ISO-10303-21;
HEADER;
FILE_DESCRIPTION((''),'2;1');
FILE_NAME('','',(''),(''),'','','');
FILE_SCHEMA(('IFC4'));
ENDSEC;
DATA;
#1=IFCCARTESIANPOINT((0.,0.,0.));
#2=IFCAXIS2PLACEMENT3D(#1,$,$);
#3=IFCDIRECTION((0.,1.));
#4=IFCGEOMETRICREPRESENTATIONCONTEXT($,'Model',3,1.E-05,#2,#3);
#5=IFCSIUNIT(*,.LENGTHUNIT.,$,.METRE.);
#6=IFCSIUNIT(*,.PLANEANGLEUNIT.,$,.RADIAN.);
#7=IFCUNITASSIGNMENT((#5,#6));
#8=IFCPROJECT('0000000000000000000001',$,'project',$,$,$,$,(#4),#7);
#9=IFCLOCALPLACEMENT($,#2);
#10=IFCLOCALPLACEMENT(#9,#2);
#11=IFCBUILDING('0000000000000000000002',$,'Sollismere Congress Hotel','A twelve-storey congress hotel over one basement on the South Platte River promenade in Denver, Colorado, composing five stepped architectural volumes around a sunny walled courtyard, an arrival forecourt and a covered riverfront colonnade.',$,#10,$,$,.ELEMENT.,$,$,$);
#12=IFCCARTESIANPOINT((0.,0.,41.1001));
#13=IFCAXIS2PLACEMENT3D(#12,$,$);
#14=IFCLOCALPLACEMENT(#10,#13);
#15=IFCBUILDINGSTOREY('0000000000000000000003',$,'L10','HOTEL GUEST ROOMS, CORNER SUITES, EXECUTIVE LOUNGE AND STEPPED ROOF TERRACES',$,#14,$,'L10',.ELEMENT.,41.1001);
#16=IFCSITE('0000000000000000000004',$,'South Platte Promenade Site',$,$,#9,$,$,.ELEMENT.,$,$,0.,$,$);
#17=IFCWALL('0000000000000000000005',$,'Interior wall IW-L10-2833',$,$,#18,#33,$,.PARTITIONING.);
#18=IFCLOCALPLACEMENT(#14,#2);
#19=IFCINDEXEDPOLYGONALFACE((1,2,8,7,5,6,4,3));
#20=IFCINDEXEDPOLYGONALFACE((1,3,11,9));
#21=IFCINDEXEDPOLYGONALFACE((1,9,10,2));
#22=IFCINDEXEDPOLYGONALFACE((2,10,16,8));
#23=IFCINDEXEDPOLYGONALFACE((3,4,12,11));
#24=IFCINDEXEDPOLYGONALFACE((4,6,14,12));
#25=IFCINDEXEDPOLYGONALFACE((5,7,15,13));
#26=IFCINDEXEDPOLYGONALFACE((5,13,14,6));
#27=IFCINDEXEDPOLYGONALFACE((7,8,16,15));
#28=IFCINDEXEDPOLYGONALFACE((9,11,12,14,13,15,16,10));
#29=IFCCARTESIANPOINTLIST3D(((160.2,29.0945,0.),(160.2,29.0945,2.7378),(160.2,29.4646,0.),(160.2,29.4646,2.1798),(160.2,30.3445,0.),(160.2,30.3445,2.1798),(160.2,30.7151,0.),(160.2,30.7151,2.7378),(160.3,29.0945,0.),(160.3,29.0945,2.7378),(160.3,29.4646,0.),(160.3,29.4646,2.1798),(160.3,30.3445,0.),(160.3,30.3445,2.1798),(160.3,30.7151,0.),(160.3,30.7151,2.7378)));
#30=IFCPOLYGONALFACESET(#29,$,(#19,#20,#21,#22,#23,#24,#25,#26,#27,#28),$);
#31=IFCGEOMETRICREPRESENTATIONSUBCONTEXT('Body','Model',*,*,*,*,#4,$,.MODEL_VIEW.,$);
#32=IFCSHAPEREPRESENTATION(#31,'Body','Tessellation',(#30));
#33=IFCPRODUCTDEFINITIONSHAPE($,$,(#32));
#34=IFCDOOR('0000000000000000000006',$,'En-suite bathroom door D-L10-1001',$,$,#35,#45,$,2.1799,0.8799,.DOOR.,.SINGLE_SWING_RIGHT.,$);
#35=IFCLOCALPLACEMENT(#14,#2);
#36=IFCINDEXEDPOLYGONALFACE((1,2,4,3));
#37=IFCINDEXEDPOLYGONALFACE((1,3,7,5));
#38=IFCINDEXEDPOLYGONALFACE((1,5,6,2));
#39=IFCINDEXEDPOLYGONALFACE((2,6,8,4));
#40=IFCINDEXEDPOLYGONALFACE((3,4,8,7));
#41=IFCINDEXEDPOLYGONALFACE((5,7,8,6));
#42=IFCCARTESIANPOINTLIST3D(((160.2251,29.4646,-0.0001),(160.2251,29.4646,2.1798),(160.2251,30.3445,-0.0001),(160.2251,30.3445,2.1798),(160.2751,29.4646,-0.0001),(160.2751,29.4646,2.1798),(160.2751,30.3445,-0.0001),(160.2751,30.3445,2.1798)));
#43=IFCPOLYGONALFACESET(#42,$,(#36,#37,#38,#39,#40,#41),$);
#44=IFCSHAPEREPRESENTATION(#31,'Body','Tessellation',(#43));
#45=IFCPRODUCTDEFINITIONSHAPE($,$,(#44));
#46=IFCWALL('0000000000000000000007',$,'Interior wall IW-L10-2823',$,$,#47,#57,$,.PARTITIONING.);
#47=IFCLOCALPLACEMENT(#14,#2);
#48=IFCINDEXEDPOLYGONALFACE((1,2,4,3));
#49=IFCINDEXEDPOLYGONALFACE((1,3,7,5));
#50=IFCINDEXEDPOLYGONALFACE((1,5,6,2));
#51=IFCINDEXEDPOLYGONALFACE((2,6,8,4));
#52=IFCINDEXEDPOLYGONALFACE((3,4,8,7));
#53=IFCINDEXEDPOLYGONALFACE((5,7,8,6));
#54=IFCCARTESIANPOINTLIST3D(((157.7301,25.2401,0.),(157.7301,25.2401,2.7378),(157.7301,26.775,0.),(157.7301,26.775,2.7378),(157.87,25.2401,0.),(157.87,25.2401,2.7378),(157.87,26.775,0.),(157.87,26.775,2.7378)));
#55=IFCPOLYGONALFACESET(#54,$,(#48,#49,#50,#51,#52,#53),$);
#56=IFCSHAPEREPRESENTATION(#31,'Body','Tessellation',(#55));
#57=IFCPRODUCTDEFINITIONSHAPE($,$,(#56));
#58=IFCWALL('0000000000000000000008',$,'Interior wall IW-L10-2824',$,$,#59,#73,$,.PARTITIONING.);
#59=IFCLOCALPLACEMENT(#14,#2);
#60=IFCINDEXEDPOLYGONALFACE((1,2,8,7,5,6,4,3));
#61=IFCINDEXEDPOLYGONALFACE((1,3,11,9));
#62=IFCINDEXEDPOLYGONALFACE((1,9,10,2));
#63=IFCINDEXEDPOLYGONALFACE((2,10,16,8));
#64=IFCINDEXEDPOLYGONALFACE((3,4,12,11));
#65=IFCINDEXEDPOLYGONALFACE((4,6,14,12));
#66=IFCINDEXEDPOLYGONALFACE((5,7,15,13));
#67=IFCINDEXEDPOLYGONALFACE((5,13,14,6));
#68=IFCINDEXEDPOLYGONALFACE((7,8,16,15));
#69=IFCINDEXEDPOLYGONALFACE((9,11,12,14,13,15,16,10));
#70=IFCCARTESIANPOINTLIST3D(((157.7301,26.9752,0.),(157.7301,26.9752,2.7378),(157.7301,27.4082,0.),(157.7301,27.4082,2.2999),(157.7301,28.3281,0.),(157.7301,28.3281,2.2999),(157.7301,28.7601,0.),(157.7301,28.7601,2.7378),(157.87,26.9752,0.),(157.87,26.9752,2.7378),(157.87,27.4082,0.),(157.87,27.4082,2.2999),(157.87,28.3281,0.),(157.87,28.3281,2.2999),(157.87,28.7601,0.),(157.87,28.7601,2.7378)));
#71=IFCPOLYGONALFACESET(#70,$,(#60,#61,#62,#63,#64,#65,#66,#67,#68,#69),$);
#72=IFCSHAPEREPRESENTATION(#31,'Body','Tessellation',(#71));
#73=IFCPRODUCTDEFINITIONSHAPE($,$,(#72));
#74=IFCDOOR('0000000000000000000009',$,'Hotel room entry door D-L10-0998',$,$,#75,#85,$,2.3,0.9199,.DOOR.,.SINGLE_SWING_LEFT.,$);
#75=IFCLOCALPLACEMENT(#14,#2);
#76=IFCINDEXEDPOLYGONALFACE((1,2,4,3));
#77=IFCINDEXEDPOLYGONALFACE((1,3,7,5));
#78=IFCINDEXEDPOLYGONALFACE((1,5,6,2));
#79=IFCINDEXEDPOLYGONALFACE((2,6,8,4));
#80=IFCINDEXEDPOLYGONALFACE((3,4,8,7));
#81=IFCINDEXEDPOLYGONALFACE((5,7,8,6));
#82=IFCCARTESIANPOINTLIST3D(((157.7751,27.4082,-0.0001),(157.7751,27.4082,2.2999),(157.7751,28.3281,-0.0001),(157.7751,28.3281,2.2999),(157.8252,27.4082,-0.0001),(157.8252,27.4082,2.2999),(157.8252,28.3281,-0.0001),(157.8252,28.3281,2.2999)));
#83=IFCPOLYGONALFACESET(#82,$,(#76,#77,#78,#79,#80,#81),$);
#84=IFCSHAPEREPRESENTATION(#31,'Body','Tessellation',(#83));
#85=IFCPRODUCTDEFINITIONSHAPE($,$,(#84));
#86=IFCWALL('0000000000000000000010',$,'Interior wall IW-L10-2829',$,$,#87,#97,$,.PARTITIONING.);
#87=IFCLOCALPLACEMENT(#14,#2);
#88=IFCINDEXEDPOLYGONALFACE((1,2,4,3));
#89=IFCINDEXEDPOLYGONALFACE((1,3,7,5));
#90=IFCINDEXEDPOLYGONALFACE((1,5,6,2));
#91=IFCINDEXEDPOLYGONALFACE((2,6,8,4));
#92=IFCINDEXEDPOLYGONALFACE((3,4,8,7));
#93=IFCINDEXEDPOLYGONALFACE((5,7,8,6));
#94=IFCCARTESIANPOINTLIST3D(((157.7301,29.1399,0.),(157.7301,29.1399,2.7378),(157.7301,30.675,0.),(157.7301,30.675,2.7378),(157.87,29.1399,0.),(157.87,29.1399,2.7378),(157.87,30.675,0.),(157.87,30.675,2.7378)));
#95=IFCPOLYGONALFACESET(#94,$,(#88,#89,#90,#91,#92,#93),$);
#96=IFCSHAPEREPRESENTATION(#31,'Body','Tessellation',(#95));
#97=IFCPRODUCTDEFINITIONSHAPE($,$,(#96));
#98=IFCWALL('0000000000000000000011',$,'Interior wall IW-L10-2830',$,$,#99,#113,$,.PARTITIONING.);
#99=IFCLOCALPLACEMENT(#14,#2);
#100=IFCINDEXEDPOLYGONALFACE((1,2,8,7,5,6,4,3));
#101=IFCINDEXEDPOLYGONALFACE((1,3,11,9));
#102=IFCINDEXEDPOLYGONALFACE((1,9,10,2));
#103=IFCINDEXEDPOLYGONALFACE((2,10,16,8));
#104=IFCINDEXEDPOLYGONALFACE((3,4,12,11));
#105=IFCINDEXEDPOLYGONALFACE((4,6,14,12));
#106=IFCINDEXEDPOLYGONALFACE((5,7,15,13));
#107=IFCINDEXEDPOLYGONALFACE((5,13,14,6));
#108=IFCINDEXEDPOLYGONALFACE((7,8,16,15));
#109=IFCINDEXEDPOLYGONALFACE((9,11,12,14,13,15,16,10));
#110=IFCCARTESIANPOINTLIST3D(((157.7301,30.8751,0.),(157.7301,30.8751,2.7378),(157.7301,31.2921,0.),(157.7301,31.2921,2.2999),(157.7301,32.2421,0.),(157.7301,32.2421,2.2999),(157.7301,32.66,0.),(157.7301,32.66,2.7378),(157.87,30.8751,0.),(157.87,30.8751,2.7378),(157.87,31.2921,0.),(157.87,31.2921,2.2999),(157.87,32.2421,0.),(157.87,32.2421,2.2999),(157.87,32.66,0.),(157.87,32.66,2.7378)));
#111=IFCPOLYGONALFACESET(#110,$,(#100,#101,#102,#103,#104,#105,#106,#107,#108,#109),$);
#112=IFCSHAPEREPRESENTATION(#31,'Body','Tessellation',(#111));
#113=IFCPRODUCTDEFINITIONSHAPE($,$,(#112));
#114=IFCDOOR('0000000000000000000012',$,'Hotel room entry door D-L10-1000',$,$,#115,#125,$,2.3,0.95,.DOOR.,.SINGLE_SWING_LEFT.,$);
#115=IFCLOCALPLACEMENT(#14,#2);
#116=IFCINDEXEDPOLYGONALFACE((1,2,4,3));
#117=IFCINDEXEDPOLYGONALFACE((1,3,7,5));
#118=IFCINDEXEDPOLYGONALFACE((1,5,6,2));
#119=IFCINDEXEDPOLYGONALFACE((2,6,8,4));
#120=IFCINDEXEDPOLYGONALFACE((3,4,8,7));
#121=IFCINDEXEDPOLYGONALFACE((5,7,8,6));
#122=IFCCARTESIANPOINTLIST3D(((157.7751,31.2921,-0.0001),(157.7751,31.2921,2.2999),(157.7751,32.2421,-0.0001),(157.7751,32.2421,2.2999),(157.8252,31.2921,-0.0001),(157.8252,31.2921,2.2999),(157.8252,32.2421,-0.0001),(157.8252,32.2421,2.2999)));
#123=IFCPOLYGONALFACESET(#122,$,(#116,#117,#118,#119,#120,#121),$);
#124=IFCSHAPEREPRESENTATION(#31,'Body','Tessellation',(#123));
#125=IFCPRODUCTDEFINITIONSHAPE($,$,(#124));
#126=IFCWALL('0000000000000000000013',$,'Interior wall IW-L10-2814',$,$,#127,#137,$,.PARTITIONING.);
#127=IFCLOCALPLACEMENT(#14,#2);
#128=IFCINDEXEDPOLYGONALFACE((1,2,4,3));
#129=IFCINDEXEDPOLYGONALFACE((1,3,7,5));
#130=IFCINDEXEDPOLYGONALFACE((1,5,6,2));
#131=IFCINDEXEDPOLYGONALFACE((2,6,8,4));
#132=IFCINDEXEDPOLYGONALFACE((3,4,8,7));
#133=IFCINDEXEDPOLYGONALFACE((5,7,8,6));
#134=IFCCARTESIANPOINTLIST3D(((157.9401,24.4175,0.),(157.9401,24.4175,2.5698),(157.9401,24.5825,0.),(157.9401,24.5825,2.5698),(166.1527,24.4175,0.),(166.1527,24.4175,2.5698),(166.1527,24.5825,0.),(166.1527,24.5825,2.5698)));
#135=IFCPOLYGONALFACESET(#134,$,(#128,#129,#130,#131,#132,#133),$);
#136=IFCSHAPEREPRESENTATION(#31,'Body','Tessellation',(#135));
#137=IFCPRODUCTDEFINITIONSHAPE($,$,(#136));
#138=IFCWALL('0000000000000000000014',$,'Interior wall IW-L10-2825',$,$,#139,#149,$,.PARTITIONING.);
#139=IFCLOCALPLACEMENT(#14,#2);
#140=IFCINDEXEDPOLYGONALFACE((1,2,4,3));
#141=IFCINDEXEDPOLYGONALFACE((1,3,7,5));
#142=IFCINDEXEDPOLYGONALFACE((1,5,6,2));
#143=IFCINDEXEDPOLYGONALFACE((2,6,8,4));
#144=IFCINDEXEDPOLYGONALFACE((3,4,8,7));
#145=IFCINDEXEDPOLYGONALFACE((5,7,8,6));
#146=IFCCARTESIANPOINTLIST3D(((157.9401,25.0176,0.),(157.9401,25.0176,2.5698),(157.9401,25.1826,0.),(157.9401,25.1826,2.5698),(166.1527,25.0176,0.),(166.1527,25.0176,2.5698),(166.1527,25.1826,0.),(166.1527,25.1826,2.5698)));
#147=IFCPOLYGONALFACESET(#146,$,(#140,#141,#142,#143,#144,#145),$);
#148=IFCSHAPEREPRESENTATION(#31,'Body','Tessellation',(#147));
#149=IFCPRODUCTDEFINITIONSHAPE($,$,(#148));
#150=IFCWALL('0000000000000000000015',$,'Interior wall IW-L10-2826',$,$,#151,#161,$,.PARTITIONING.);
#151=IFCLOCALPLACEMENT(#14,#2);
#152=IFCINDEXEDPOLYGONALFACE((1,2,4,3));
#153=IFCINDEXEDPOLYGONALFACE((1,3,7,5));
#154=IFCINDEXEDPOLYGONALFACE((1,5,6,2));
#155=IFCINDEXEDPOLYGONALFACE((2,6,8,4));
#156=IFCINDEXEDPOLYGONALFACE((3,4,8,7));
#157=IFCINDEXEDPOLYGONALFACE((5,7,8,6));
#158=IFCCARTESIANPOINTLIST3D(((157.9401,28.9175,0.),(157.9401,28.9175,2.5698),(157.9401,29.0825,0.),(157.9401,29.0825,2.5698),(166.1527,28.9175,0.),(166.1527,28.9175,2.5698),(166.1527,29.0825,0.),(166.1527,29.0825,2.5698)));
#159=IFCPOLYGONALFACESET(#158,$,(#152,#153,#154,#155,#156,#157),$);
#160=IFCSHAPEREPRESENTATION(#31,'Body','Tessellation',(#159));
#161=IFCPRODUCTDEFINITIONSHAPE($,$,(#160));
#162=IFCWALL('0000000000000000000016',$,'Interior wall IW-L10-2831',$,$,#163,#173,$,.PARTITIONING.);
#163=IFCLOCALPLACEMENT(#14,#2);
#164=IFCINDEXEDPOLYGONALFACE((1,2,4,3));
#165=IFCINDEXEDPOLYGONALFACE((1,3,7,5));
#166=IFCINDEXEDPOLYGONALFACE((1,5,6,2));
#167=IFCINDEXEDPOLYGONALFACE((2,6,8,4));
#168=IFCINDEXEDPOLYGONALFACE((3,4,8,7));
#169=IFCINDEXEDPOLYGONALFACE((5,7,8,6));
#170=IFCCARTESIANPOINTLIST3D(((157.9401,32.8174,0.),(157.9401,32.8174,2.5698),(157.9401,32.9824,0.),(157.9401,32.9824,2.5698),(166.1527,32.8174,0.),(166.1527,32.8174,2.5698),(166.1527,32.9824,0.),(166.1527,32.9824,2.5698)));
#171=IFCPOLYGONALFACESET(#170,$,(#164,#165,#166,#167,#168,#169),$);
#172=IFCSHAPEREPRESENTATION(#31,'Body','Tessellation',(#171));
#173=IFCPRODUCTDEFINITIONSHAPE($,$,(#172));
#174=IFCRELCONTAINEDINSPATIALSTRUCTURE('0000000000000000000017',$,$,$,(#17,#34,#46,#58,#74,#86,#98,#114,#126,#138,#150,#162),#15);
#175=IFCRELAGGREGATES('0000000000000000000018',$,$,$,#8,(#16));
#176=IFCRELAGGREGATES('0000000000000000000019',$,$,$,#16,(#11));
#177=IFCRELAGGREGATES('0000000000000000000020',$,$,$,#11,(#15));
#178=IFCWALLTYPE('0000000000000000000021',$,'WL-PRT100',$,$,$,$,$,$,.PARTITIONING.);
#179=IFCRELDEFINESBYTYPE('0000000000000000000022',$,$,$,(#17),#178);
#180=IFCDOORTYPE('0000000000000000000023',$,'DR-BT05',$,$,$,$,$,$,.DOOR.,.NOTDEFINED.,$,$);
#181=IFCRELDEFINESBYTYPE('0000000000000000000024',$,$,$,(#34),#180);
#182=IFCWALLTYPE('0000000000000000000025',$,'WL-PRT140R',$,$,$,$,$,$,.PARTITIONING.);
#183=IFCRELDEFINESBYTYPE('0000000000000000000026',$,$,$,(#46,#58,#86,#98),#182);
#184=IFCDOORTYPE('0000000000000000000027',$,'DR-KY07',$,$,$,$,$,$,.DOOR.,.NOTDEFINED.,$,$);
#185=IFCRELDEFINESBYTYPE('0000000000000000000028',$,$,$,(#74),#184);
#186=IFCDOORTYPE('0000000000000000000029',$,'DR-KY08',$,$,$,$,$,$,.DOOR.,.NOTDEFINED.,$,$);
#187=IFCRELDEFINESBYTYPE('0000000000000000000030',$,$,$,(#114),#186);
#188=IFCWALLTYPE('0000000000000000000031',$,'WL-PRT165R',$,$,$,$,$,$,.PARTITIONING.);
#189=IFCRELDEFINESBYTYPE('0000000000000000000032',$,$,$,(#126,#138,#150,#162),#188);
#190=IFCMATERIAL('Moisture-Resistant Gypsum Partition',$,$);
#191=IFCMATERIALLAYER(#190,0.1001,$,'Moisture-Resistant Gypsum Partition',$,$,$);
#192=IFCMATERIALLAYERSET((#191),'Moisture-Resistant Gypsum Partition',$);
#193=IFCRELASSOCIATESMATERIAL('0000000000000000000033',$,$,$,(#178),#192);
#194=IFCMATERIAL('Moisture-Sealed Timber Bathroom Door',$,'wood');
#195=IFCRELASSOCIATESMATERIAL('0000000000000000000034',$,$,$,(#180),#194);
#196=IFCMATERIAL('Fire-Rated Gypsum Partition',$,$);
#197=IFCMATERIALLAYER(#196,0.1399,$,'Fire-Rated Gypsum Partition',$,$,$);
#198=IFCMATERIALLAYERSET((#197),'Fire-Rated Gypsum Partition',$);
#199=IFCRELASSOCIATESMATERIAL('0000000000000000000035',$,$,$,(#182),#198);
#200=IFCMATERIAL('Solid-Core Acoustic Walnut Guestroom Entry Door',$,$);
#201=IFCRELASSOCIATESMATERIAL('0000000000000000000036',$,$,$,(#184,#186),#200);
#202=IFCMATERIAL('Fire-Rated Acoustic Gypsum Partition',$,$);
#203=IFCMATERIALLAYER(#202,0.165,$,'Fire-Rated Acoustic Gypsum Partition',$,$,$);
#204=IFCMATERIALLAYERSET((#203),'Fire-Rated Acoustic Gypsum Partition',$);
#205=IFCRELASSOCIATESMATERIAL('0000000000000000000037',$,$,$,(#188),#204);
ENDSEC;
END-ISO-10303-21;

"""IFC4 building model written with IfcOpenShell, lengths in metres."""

from ifc_helpers import new_model, si_unit, direction, frame, frame_2d, origin, place, context, subcontext, project, spatial, rectangle, extrude, material, layer, layer_set, type_object, element, fill, save


model = new_model("IFC4")

# Units and contexts
model_context = context("Model", 3, precision=1e-05, world=origin(), true_north=direction((0.0, 1.0)))
body_context = subcontext(model_context, "Body", "Model", "MODEL_VIEW")
ifc_project = project(units=[si_unit("LENGTHUNIT", "METRE"), si_unit("PLANEANGLEUNIT", "RADIAN")], contexts=[model_context])

# Site, building, storey
site_placement = place(None, origin())
site = spatial("IfcSite", under=ifc_project, at=site_placement, Name="South Platte Promenade Site", CompositionType="ELEMENT", RefElevation=0.0)
building_placement = place(site_placement, origin())
building = spatial("IfcBuilding", under=site, at=building_placement, Name="Sollismere Congress Hotel", Description="A twelve-storey congress hotel over one basement on the South Platte River promenade in Denver, Colorado, composing five stepped architectural volumes around a sunny walled courtyard, an arrival forecourt and a covered riverfront colonnade.", CompositionType="ELEMENT")
storey_placement = place(building_placement, frame((0.0, 0.0, 41.1001)))
storey = spatial("IfcBuildingStorey", under=building, at=storey_placement, Name="L10", Description="HOTEL GUEST ROOMS, CORNER SUITES, EXECUTIVE LOUNGE AND STEPPED ROOF TERRACES", LongName="L10", CompositionType="ELEMENT", Elevation=41.1001)

# Wall, opening, door
ifc_material_1 = material(Name="Moisture-Resistant Gypsum Partition")
ifc_layer_1 = layer(ifc_material_1, 0.1001, Name="Moisture-Resistant Gypsum Partition")
ifc_layer_set_1 = layer_set([ifc_layer_1], Name="Moisture-Resistant Gypsum Partition")
wall_type_1 = type_object("IfcWallType", Name="WL-PRT100", PredefinedType="PARTITIONING", material=ifc_layer_set_1)
ifc_material_2 = material(Name="Moisture-Sealed Timber Bathroom Door", Category="wood")
wall_1_placement = place(storey_placement, frame((160.25, 29.0945, 0.0), z_axis=(0.0, 0.0, 1.0), x_axis=(0.0, 1.0, 0.0)))
wall_1 = element("IfcWall", 1, at=wall_1_placement, inside=storey, type_object=wall_type_1, Name="Interior wall IW-L10-2833", PredefinedType="PARTITIONING", context=body_context, shape_type="SweptSolid", body=[
    extrude(rectangle(XDim=1.6206, YDim=0.1001, at=frame_2d((0.8103, 0.0))), origin(), (0.0, 0.0, 1.0), 2.7378),
])
opening_1_placement = place(wall_1_placement, frame((0.3701, 0.0, 0.0)))
opening_1 = element("IfcOpeningElement", 2, at=opening_1_placement, cuts=wall_1, PredefinedType="OPENING", context=body_context, shape_type="SweptSolid", body=[
    extrude(rectangle(XDim=0.8799, YDim=2.1799, at=frame_2d((0.4399, 1.0898))), frame((0.0, 0.0601, 0.0), z_axis=(0.0, -1.0, 0.0), x_axis=(1.0, 0.0, 0.0)), (0.0, 0.0, 1.0), 0.1201),
])
door_type_1 = type_object("IfcDoorType", Name="DR-BT05", OperationType="NOTDEFINED", PredefinedType="DOOR", material=ifc_material_2)
door_1_placement = place(opening_1_placement, origin())
door_1 = element("IfcDoor", 3, at=door_1_placement, inside=storey, type_object=door_type_1, Name="En-suite bathroom door D-L10-1001", OperationType="SINGLE_SWING_RIGHT", OverallHeight=2.1799, OverallWidth=0.8799, PredefinedType="DOOR", context=body_context, shape_type="SweptSolid", body=[
    extrude(rectangle(XDim=0.8799, YDim=2.1799, at=frame_2d((0.4399, 1.0898))), frame((0.0, 0.0249, 0.0), z_axis=(0.0, -1.0, 0.0), x_axis=(1.0, 0.0, 0.0)), (0.0, 0.0, 1.0), 0.05),
])
fill(opening_1, door_1)

# Wall
ifc_material_3 = material(Name="Fire-Rated Gypsum Partition")
ifc_layer_2 = layer(ifc_material_3, 0.1399, Name="Fire-Rated Gypsum Partition")
ifc_layer_set_2 = layer_set([ifc_layer_2], Name="Fire-Rated Gypsum Partition")
wall_type_2 = type_object("IfcWallType", Name="WL-PRT140R", PredefinedType="PARTITIONING", material=ifc_layer_set_2)
wall_2_placement = place(storey_placement, frame((157.8, 25.24, 0.0), z_axis=(0.0, 0.0, 1.0), x_axis=(0.0, 1.0, 0.0)))
element("IfcWall", 4, at=wall_2_placement, inside=storey, type_object=wall_type_2, Name="Interior wall IW-L10-2823", PredefinedType="PARTITIONING", context=body_context, shape_type="SweptSolid", body=[
    extrude(rectangle(XDim=1.5349, YDim=0.1399, at=frame_2d((0.7676, 0.0))), origin(), (0.0, 0.0, 1.0), 2.7378),
])

# Wall, opening, door
wall_3_placement = place(storey_placement, frame((157.8, 26.9751, 0.0), z_axis=(0.0, 0.0, 1.0), x_axis=(0.0, 1.0, 0.0)))
wall_3 = element("IfcWall", 5, at=wall_3_placement, inside=storey, type_object=wall_type_2, Name="Interior wall IW-L10-2824", PredefinedType="PARTITIONING", context=body_context, shape_type="SweptSolid", body=[
    extrude(rectangle(XDim=1.7849, YDim=0.1399, at=frame_2d((0.8926, 0.0))), origin(), (0.0, 0.0, 1.0), 2.7378),
])
opening_2_placement = place(wall_3_placement, frame((0.4331, 0.0, 0.0)))
opening_2 = element("IfcOpeningElement", 6, at=opening_2_placement, cuts=wall_3, PredefinedType="OPENING", context=body_context, shape_type="SweptSolid", body=[
    extrude(rectangle(XDim=0.9199, YDim=2.3, at=frame_2d((0.46, 1.1499))), frame((0.0, 0.0798, 0.0), z_axis=(0.0, -1.0, 0.0), x_axis=(1.0, 0.0, 0.0)), (0.0, 0.0, 1.0), 0.1599),
])
ifc_material_4 = material(Name="Solid-Core Acoustic Walnut Guestroom Entry Door")
door_type_2 = type_object("IfcDoorType", Name="DR-KY07", OperationType="NOTDEFINED", PredefinedType="DOOR", material=ifc_material_4)
door_2_placement = place(opening_2_placement, origin())
door_2 = element("IfcDoor", 7, at=door_2_placement, inside=storey, type_object=door_type_2, Name="Hotel room entry door D-L10-0998", OperationType="SINGLE_SWING_LEFT", OverallHeight=2.3, OverallWidth=0.9199, PredefinedType="DOOR", context=body_context, shape_type="SweptSolid", body=[
    extrude(rectangle(XDim=0.9199, YDim=2.3, at=frame_2d((0.46, 1.1499))), frame((0.0, 0.0249, 0.0), z_axis=(0.0, -1.0, 0.0), x_axis=(1.0, 0.0, 0.0)), (0.0, 0.0, 1.0), 0.05),
])
fill(opening_2, door_2)

# Wall
wall_4_placement = place(storey_placement, frame((157.8, 29.1399, 0.0), z_axis=(0.0, 0.0, 1.0), x_axis=(0.0, 1.0, 0.0)))
element("IfcWall", 8, at=wall_4_placement, inside=storey, type_object=wall_type_2, Name="Interior wall IW-L10-2829", PredefinedType="PARTITIONING", context=body_context, shape_type="SweptSolid", body=[
    extrude(rectangle(XDim=1.5352, YDim=0.1399, at=frame_2d((0.7676, 0.0))), origin(), (0.0, 0.0, 1.0), 2.7378),
])

# Wall, opening, door
wall_5_placement = place(storey_placement, frame((157.8, 30.875, 0.0), z_axis=(0.0, 0.0, 1.0), x_axis=(0.0, 1.0, 0.0)))
wall_5 = element("IfcWall", 9, at=wall_5_placement, inside=storey, type_object=wall_type_2, Name="Interior wall IW-L10-2830", PredefinedType="PARTITIONING", context=body_context, shape_type="SweptSolid", body=[
    extrude(rectangle(XDim=1.7849, YDim=0.1399, at=frame_2d((0.8926, 0.0))), origin(), (0.0, 0.0, 1.0), 2.7378),
])
opening_3_placement = place(wall_5_placement, frame((0.417, 0.0, 0.0)))
opening_3 = element("IfcOpeningElement", 10, at=opening_3_placement, cuts=wall_5, PredefinedType="OPENING", context=body_context, shape_type="SweptSolid", body=[
    extrude(rectangle(XDim=0.95, YDim=2.3, at=frame_2d((0.4751, 1.1499))), frame((0.0, 0.0798, 0.0), z_axis=(0.0, -1.0, 0.0), x_axis=(1.0, 0.0, 0.0)), (0.0, 0.0, 1.0), 0.1599),
])
door_type_3 = type_object("IfcDoorType", Name="DR-KY08", OperationType="NOTDEFINED", PredefinedType="DOOR", material=ifc_material_4)
door_3_placement = place(opening_3_placement, origin())
door_3 = element("IfcDoor", 11, at=door_3_placement, inside=storey, type_object=door_type_3, Name="Hotel room entry door D-L10-1000", OperationType="SINGLE_SWING_LEFT", OverallHeight=2.3, OverallWidth=0.95, PredefinedType="DOOR", context=body_context, shape_type="SweptSolid", body=[
    extrude(rectangle(XDim=0.95, YDim=2.3, at=frame_2d((0.4751, 1.1499))), frame((0.0, 0.0249, 0.0), z_axis=(0.0, -1.0, 0.0), x_axis=(1.0, 0.0, 0.0)), (0.0, 0.0, 1.0), 0.05),
])
fill(opening_3, door_3)

# Walls
ifc_material_5 = material(Name="Fire-Rated Acoustic Gypsum Partition")
ifc_layer_3 = layer(ifc_material_5, 0.165, Name="Fire-Rated Acoustic Gypsum Partition")
ifc_layer_set_3 = layer_set([ifc_layer_3], Name="Fire-Rated Acoustic Gypsum Partition")
wall_type_3 = type_object("IfcWallType", Name="WL-PRT165R", PredefinedType="PARTITIONING", material=ifc_layer_set_3)
for number, where, z_axis, x_axis, name in (
    (12, (157.9399, 24.5, 0.0), (0.0, 0.0, 1.0), (1.0, 0.0, 0.0), "Interior wall IW-L10-2814"),
    (13, (157.9399, 25.1001, 0.0), (0.0, 0.0, 1.0), (1.0, 0.0, 0.0), "Interior wall IW-L10-2825"),
    (14, (157.9399, 29.0, 0.0), (0.0, 0.0, 1.0), (1.0, 0.0, 0.0), "Interior wall IW-L10-2826"),
    (15, (157.9399, 32.8999, 0.0), (0.0, 0.0, 1.0), (1.0, 0.0, 0.0), "Interior wall IW-L10-2831"),
):
    element("IfcWall", number, at=place(storey_placement, frame(where, z_axis=z_axis, x_axis=x_axis)), inside=storey, type_object=wall_type_3, Name=name, PredefinedType="PARTITIONING", context=body_context, shape_type="SweptSolid", body=[
        extrude(rectangle(XDim=8.2126, YDim=0.165, at=frame_2d((4.1064, 0.0))), origin(), (0.0, 0.0, 1.0), 2.5698),
    ])

save(model, "model.ifc")
